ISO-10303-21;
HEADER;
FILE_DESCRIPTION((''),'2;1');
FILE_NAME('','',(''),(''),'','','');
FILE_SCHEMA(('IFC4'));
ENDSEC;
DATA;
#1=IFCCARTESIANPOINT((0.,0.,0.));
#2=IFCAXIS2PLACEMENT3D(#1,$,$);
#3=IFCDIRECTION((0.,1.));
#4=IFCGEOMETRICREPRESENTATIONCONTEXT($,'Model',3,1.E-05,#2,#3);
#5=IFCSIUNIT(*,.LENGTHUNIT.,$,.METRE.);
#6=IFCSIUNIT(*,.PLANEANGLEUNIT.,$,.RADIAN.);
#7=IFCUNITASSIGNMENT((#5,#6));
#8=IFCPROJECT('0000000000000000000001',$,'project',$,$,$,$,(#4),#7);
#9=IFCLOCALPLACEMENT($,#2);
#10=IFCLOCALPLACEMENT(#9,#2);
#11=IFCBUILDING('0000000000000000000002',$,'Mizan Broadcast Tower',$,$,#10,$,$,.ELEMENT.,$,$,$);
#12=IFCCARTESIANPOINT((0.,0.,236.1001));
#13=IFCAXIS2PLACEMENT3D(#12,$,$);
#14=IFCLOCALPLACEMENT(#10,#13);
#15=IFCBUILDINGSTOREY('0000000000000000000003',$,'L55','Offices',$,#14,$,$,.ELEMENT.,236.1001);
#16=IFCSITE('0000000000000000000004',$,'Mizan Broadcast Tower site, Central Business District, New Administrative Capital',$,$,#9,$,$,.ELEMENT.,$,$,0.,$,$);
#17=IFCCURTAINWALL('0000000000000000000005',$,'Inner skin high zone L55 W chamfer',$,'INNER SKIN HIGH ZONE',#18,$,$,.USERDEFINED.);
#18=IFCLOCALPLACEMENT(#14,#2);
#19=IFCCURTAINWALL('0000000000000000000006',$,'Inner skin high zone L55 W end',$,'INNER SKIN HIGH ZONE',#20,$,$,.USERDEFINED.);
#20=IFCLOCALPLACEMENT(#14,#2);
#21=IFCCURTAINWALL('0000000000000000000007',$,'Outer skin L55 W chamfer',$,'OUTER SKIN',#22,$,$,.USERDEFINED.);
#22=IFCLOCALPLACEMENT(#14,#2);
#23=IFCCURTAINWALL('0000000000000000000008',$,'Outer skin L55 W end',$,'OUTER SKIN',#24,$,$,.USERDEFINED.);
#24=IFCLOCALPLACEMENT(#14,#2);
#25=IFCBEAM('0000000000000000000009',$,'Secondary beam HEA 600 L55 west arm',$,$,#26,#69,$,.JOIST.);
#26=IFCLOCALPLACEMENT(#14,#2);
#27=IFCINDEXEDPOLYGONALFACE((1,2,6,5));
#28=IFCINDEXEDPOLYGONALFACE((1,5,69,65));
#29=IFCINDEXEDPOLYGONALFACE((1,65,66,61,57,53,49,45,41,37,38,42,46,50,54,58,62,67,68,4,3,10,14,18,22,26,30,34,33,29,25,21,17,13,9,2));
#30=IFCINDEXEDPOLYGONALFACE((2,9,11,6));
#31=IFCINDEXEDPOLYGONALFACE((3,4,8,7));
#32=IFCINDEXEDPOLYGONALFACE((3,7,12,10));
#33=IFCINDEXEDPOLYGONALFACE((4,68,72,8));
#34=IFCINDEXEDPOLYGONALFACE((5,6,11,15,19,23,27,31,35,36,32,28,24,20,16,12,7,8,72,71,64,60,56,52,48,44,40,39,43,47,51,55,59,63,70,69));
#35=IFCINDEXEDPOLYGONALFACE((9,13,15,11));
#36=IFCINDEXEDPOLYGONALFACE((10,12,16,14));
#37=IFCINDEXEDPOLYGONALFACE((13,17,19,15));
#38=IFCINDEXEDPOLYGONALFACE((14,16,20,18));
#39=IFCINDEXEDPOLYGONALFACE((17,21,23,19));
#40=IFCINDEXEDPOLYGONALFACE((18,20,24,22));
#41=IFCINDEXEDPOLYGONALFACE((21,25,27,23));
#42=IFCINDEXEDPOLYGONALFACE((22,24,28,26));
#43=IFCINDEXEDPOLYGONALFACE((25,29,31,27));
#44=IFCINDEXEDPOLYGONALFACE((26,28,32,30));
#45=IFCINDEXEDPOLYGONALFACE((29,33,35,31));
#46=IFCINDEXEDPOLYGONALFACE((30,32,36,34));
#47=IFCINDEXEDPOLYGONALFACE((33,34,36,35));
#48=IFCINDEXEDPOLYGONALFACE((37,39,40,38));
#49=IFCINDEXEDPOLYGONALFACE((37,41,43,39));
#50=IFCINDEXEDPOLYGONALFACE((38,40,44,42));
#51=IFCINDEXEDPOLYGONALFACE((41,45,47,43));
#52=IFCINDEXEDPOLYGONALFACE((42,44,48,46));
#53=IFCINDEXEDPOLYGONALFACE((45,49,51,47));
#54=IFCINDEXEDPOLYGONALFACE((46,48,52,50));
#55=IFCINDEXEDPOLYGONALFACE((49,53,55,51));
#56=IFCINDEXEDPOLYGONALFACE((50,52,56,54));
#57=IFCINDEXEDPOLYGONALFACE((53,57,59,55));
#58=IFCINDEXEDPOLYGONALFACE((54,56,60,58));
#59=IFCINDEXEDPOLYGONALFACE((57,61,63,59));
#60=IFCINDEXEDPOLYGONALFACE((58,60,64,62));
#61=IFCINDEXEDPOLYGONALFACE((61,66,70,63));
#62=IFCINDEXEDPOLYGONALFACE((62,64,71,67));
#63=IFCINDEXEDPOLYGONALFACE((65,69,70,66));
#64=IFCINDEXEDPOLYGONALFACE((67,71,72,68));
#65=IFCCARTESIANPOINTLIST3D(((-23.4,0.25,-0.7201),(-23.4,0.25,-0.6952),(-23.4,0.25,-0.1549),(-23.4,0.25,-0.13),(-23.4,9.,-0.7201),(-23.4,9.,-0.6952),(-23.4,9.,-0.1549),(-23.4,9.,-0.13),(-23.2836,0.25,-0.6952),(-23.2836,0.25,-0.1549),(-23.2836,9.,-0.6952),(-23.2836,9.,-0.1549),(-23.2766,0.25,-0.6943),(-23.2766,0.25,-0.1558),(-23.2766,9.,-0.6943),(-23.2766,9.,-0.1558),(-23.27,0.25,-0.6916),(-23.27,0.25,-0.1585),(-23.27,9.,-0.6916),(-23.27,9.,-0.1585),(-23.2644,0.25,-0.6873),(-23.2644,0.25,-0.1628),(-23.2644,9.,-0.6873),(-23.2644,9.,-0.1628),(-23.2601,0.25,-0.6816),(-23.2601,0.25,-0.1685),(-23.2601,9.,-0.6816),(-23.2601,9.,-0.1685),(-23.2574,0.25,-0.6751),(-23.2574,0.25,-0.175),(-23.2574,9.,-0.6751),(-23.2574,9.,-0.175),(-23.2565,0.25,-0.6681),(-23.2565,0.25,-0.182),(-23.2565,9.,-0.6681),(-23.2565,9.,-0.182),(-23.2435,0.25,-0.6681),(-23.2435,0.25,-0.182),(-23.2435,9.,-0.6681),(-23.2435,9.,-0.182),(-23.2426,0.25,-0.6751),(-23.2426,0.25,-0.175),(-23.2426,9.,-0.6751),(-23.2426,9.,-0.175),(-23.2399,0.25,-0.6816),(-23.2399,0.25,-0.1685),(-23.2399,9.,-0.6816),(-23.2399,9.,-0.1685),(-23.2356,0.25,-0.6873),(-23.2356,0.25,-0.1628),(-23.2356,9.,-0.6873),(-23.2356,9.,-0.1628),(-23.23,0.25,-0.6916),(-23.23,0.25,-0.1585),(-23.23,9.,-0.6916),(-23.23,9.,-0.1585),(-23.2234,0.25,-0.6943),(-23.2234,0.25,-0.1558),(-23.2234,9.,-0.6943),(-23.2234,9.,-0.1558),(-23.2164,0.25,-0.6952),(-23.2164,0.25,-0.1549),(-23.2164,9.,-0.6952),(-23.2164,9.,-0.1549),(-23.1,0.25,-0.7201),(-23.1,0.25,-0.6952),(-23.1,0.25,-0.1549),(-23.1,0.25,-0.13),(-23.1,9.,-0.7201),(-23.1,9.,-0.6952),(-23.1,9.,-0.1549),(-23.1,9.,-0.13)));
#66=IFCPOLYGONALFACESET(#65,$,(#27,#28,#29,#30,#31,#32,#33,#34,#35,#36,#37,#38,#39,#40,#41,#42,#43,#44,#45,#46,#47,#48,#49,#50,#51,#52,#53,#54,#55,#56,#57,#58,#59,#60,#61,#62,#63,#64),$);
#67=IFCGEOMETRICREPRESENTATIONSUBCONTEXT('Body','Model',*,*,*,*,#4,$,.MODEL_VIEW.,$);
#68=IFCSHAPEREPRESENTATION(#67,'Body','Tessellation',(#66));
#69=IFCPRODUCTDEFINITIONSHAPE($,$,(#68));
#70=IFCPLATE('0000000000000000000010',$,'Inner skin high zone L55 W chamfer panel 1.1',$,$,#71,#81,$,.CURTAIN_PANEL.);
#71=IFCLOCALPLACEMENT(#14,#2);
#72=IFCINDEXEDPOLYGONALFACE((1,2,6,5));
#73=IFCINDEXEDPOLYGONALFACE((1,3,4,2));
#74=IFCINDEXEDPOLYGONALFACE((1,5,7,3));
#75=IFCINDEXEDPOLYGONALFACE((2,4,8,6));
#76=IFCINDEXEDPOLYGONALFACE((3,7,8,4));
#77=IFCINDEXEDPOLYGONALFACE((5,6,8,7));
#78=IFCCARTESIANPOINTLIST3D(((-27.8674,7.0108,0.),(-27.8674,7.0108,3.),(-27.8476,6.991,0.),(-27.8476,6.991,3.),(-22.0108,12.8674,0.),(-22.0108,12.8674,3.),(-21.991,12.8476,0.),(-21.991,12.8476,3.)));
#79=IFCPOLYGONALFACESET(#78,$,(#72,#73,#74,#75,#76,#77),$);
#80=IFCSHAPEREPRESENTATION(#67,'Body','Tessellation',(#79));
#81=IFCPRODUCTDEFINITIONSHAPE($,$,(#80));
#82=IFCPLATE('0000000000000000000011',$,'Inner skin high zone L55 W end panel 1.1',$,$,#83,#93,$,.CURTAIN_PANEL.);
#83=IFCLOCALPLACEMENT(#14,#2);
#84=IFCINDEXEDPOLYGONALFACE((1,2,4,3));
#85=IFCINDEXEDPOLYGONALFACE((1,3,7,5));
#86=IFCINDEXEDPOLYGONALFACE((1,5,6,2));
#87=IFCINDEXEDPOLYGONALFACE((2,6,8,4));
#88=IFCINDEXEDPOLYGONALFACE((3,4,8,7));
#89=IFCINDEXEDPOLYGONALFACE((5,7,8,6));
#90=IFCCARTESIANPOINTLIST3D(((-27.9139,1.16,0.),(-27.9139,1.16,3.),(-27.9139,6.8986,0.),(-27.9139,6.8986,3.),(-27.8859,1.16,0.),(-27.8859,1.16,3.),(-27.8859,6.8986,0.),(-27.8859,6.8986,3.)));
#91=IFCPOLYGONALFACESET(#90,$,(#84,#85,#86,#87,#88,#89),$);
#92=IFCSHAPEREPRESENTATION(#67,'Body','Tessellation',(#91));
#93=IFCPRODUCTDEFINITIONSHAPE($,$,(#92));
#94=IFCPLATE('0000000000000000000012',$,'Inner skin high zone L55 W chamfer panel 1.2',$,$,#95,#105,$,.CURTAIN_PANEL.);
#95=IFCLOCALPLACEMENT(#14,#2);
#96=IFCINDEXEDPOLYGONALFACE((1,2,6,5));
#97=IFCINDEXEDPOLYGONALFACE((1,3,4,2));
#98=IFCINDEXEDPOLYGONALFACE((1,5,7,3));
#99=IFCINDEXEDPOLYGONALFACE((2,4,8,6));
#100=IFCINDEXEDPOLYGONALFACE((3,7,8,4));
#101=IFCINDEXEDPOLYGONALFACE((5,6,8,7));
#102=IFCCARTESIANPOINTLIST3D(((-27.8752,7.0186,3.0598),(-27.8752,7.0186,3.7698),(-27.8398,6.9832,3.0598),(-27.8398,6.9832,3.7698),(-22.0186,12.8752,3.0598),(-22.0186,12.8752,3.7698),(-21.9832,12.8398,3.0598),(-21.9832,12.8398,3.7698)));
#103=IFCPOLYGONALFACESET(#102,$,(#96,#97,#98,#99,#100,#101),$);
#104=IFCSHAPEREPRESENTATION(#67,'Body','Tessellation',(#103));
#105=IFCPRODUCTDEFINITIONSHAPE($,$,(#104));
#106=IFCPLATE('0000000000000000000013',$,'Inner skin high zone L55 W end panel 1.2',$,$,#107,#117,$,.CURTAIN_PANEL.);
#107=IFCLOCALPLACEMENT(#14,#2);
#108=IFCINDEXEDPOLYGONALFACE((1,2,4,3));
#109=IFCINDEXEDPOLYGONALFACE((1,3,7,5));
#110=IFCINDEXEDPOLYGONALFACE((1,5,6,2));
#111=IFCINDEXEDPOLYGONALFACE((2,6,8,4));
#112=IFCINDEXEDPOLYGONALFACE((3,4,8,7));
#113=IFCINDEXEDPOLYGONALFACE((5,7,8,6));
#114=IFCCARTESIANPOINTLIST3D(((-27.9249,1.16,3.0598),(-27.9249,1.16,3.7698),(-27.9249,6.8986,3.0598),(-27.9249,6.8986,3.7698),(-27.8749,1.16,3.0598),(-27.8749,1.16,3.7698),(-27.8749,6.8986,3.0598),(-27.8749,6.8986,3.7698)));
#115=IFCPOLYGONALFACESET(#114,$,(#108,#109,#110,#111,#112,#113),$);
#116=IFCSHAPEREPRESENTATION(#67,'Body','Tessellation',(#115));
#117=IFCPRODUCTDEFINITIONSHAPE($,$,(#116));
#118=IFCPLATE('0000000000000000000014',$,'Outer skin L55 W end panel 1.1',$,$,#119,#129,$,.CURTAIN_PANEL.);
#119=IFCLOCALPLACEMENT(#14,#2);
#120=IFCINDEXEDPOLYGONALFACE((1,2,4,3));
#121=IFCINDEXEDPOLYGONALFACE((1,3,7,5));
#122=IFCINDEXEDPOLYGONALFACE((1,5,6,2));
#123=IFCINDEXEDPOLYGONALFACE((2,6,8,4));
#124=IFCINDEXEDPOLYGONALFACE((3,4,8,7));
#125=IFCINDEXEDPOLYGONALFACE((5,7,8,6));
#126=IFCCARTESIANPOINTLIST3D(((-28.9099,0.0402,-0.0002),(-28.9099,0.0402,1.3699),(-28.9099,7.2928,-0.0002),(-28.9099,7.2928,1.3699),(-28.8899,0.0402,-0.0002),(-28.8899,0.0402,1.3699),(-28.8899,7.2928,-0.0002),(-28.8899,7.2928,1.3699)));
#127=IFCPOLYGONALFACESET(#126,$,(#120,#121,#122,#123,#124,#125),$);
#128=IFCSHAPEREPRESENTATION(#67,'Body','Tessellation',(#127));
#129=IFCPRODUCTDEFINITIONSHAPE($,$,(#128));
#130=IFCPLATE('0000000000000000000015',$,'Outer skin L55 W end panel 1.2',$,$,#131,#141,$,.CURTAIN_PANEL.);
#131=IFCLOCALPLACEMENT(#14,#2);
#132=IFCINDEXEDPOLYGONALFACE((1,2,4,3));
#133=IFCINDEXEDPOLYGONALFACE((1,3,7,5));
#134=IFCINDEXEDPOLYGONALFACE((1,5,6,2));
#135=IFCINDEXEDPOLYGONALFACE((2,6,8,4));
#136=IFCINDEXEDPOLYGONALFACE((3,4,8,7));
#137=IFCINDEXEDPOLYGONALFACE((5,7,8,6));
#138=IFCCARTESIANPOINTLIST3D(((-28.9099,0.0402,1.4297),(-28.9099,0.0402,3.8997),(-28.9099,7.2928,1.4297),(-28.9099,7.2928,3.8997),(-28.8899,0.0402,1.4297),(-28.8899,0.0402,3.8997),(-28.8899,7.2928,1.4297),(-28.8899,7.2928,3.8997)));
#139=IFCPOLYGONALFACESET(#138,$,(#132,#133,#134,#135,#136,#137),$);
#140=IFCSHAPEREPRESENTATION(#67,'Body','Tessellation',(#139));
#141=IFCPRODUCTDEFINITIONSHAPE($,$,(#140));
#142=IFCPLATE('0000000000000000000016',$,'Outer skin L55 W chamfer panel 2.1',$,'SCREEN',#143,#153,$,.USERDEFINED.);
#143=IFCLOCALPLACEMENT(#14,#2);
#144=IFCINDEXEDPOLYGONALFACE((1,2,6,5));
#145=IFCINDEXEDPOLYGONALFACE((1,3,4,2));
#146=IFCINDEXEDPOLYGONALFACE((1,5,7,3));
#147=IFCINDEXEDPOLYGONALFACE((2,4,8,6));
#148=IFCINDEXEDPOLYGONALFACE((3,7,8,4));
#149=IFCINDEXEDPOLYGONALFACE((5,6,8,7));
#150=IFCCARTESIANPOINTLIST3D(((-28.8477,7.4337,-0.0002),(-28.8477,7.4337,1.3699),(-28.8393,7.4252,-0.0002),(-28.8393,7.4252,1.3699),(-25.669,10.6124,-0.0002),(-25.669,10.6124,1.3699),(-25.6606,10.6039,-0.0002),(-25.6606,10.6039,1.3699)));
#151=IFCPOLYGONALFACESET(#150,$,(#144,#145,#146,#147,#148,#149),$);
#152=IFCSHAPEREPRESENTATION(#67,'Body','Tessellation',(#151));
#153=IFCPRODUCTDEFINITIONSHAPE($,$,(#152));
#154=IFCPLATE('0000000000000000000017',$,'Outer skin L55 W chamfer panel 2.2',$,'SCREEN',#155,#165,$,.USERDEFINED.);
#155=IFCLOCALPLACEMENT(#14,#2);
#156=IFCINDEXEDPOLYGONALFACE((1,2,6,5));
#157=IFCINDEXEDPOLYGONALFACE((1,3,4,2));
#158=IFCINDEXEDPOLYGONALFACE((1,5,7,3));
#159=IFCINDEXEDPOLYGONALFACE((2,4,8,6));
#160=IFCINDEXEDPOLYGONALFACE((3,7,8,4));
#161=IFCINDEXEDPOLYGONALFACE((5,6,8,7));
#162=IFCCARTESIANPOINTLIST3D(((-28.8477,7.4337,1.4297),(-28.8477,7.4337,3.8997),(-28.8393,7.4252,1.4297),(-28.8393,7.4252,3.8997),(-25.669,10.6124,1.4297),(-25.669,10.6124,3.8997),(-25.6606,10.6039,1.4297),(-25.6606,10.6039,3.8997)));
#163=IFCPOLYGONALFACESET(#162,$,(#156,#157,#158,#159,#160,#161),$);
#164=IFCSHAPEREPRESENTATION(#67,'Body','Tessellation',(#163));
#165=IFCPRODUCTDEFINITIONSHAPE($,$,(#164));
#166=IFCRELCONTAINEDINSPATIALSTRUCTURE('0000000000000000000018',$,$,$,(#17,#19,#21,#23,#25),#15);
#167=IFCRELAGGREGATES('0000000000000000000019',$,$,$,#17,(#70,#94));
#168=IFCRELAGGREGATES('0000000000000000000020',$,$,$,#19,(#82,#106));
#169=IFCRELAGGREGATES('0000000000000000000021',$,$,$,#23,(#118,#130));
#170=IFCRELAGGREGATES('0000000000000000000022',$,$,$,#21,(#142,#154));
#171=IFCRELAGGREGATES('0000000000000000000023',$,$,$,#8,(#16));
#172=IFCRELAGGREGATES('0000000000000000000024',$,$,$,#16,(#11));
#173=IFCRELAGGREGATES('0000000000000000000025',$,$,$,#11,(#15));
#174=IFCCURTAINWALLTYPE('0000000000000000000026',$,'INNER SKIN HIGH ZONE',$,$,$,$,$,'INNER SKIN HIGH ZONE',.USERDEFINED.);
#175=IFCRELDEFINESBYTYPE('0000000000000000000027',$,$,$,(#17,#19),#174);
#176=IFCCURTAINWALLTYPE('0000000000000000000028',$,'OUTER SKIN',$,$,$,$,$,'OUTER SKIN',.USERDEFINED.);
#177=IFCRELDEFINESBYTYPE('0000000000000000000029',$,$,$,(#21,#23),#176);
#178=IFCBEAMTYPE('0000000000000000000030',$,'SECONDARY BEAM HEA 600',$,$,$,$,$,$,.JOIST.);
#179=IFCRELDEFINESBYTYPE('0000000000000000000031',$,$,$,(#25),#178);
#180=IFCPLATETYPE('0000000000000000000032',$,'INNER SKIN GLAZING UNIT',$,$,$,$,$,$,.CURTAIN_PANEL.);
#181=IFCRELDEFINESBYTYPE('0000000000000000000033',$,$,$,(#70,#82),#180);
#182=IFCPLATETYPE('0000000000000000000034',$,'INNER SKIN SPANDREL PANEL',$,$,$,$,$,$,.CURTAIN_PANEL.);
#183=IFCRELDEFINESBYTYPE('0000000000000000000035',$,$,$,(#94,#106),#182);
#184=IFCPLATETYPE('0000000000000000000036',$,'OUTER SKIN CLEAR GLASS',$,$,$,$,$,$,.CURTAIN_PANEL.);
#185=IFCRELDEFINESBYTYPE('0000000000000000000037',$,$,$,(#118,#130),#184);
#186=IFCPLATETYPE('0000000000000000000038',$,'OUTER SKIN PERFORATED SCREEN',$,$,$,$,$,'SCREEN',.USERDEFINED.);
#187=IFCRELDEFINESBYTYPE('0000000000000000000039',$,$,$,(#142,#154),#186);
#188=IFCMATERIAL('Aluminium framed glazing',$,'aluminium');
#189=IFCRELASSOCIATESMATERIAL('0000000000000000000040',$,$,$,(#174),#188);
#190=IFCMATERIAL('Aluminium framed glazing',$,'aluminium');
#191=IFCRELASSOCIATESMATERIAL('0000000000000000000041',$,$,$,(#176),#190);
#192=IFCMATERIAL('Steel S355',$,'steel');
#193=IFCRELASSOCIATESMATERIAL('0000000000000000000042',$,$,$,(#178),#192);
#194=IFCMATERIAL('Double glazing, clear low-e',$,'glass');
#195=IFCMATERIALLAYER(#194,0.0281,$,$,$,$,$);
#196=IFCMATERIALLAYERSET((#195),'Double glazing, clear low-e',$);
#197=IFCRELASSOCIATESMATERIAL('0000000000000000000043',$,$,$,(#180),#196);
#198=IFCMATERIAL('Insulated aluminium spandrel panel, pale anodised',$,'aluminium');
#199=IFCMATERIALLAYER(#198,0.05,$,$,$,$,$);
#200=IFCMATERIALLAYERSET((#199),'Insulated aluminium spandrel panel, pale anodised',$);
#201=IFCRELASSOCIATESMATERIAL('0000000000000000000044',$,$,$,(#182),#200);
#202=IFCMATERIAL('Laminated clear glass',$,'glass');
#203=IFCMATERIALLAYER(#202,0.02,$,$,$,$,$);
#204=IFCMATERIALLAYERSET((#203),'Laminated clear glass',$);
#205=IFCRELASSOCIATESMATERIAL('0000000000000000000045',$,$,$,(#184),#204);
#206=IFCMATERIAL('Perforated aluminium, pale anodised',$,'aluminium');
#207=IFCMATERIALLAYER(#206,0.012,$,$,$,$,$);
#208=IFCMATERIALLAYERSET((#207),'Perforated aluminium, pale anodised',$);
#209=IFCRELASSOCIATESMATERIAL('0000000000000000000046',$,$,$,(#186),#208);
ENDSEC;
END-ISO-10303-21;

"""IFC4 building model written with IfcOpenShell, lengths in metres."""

from ifc_helpers import new_model, si_unit, direction, frame, origin, origin_2d, place, context, subcontext, project, spatial, rectangle, i_section, extrude, material, layer, layer_set, material_profile, profile_set, type_object, element, aggregate, save


model = new_model("IFC4")

# Units and contexts
model_context = context("Model", 3, precision=1e-05, world=origin(), true_north=direction((0.0, 1.0)))
body_context = subcontext(model_context, "Body", "Model", "MODEL_VIEW")
ifc_project = project(units=[si_unit("LENGTHUNIT", "METRE"), si_unit("PLANEANGLEUNIT", "RADIAN")], contexts=[model_context])

# Site, building, storey
site_placement = place(None, origin())
site = spatial("IfcSite", under=ifc_project, at=site_placement, Name="Mizan Broadcast Tower site, Central Business District, New Administrative Capital", CompositionType="ELEMENT", RefElevation=0.0)
building_placement = place(site_placement, origin())
building = spatial("IfcBuilding", under=site, at=building_placement, Name="Mizan Broadcast Tower", CompositionType="ELEMENT")
storey_placement = place(building_placement, frame((0.0, 0.0, 236.1001)))
storey = spatial("IfcBuildingStorey", under=building, at=storey_placement, Name="L55", Description="Offices", CompositionType="ELEMENT", Elevation=236.1001)

# Curtain wall
ifc_material_1 = material(Name="Aluminium framed glazing", Category="aluminium")
curtain_wall_type_1 = type_object("IfcCurtainWallType", Name="INNER SKIN HIGH ZONE", ElementType="INNER SKIN HIGH ZONE", PredefinedType="USERDEFINED", material=ifc_material_1)
curtain_wall_1_placement = place(storey_placement, origin())
curtain_wall_1 = element("IfcCurtainWall", 1, at=curtain_wall_1_placement, inside=storey, type_object=curtain_wall_type_1, Name="Inner skin high zone L55 W chamfer", ObjectType="INNER SKIN HIGH ZONE", PredefinedType="USERDEFINED")

# Curtain walls
curtain_wall_2_placement = place(storey_placement, origin())
curtain_wall_2 = element("IfcCurtainWall", 2, at=curtain_wall_2_placement, inside=storey, type_object=curtain_wall_type_1, Name="Inner skin high zone L55 W end", ObjectType="INNER SKIN HIGH ZONE", PredefinedType="USERDEFINED")
ifc_material_2 = material(Name="Aluminium framed glazing", Category="aluminium")
curtain_wall_type_2 = type_object("IfcCurtainWallType", Name="OUTER SKIN", ElementType="OUTER SKIN", PredefinedType="USERDEFINED", material=ifc_material_2)
curtain_wall_3_placement = place(storey_placement, origin())
curtain_wall_3 = element("IfcCurtainWall", 3, at=curtain_wall_3_placement, inside=storey, type_object=curtain_wall_type_2, Name="Outer skin L55 W chamfer", ObjectType="OUTER SKIN", PredefinedType="USERDEFINED")

# Curtain wall
curtain_wall_4_placement = place(storey_placement, origin())
curtain_wall_4 = element("IfcCurtainWall", 4, at=curtain_wall_4_placement, inside=storey, type_object=curtain_wall_type_2, Name="Outer skin L55 W end", ObjectType="OUTER SKIN", PredefinedType="USERDEFINED")

# Beam
ifc_material_3 = material(Name="Steel S355", Category="steel")
ifc_material_profile_1 = material_profile(ifc_material_3, i_section(OverallWidth=0.3, OverallDepth=0.5901, WebThickness=0.0129, FlangeThickness=0.0249, FilletRadius=0.0271, at=origin_2d()), Name="HEA 600")
ifc_profile_set_1 = profile_set([ifc_material_profile_1], Name="Steel S355")
beam_type_1 = type_object("IfcBeamType", Name="SECONDARY BEAM HEA 600", PredefinedType="JOIST", material=ifc_profile_set_1)
beam_1_placement = place(storey_placement, frame((-23.25, 9.0, -0.425), z_axis=(0.0, -1.0, 0.0), x_axis=(1.0, 0.0, 0.0)))
element("IfcBeam", 5, at=beam_1_placement, inside=storey, type_object=beam_type_1, Name="Secondary beam HEA 600 L55 west arm", PredefinedType="JOIST", context=body_context, shape_type="SweptSolid", body=[
    extrude(i_section(OverallWidth=0.3, OverallDepth=0.5901, WebThickness=0.0129, FlangeThickness=0.0249, FilletRadius=0.0271, at=origin_2d()), origin(), (0.0, 0.0, 1.0), 8.75),
])

# Plates
ifc_material_4 = material(Name="Double glazing, clear low-e", Category="glass")
ifc_layer_1 = layer(ifc_material_4, 0.0281)
ifc_layer_set_1 = layer_set([ifc_layer_1], Name="Double glazing, clear low-e")
plate_type_1 = type_object("IfcPlateType", Name="INNER SKIN GLAZING UNIT", PredefinedType="CURTAIN_PANEL", material=ifc_layer_set_1)
plate_1_placement = place(storey_placement, frame((-24.9292, 9.9292, 0.0), z_axis=(0.0, 0.0, 1.0), x_axis=(-0.707107, -0.707107, 0.0)))
plate_1 = element("IfcPlate", 6, at=plate_1_placement, type_object=plate_type_1, Name="Inner skin high zone L55 W chamfer panel 1.1", PredefinedType="CURTAIN_PANEL", context=body_context, shape_type="SweptSolid", body=[
    extrude(rectangle(XDim=8.2825, YDim=0.0281, at=origin_2d()), origin(), (0.0, 0.0, 1.0), 3.0),
])
plate_2_placement = place(storey_placement, frame((-27.8999, 4.0293, 0.0), z_axis=(0.0, 0.0, 1.0), x_axis=(0.0, -1.0, 0.0)))
plate_2 = element("IfcPlate", 7, at=plate_2_placement, type_object=plate_type_1, Name="Inner skin high zone L55 W end panel 1.1", PredefinedType="CURTAIN_PANEL", context=body_context, shape_type="SweptSolid", body=[
    extrude(rectangle(XDim=5.7385, YDim=0.0281, at=origin_2d()), origin(), (0.0, 0.0, 1.0), 3.0),
])
ifc_material_5 = material(Name="Insulated aluminium spandrel panel, pale anodised", Category="aluminium")
ifc_layer_2 = layer(ifc_material_5, 0.05)
ifc_layer_set_2 = layer_set([ifc_layer_2], Name="Insulated aluminium spandrel panel, pale anodised")
plate_type_2 = type_object("IfcPlateType", Name="INNER SKIN SPANDREL PANEL", PredefinedType="CURTAIN_PANEL", material=ifc_layer_set_2)
plate_3_placement = place(storey_placement, frame((-24.9292, 9.9292, 3.0598), z_axis=(0.0, 0.0, 1.0), x_axis=(-0.707107, -0.707107, 0.0)))
plate_3 = element("IfcPlate", 8, at=plate_3_placement, type_object=plate_type_2, Name="Inner skin high zone L55 W chamfer panel 1.2", PredefinedType="CURTAIN_PANEL", context=body_context, shape_type="SweptSolid", body=[
    extrude(rectangle(XDim=8.2825, YDim=0.05, at=origin_2d()), origin(), (0.0, 0.0, 1.0), 0.71),
])
aggregate(curtain_wall_1, [plate_1, plate_3])
plate_4_placement = place(storey_placement, frame((-27.8999, 4.0293, 3.0598), z_axis=(0.0, 0.0, 1.0), x_axis=(0.0, -1.0, 0.0)))
plate_4 = element("IfcPlate", 9, at=plate_4_placement, type_object=plate_type_2, Name="Inner skin high zone L55 W end panel 1.2", PredefinedType="CURTAIN_PANEL", context=body_context, shape_type="SweptSolid", body=[
    extrude(rectangle(XDim=5.7385, YDim=0.05, at=origin_2d()), origin(), (0.0, 0.0, 1.0), 0.71),
])
aggregate(curtain_wall_2, [plate_2, plate_4])
ifc_material_6 = material(Name="Laminated clear glass", Category="glass")
ifc_layer_3 = layer(ifc_material_6, 0.02)
ifc_layer_set_3 = layer_set([ifc_layer_3], Name="Laminated clear glass")
plate_type_3 = type_object("IfcPlateType", Name="OUTER SKIN CLEAR GLASS", PredefinedType="CURTAIN_PANEL", material=ifc_layer_set_3)
plate_5_placement = place(storey_placement, frame((-28.8999, 3.6665, -0.0002), z_axis=(0.0, 0.0, 1.0), x_axis=(0.0, -1.0, 0.0)))
plate_5 = element("IfcPlate", 10, at=plate_5_placement, type_object=plate_type_3, Name="Outer skin L55 W end panel 1.1", PredefinedType="CURTAIN_PANEL", context=body_context, shape_type="SweptSolid", body=[
    extrude(rectangle(XDim=7.2527, YDim=0.02, at=origin_2d()), origin(), (0.0, 0.0, 1.0), 1.3701),
])
plate_6_placement = place(storey_placement, frame((-28.8999, 3.6665, 1.4297), z_axis=(0.0, 0.0, 1.0), x_axis=(0.0, -1.0, 0.0)))
plate_6 = element("IfcPlate", 11, at=plate_6_placement, type_object=plate_type_3, Name="Outer skin L55 W end panel 1.2", PredefinedType="CURTAIN_PANEL", context=body_context, shape_type="SweptSolid", body=[
    extrude(rectangle(XDim=7.2527, YDim=0.02, at=origin_2d()), origin(), (0.0, 0.0, 1.0), 2.47),
])
aggregate(curtain_wall_4, [plate_5, plate_6])
ifc_material_7 = material(Name="Perforated aluminium, pale anodised", Category="aluminium")
ifc_layer_4 = layer(ifc_material_7, 0.012)
ifc_layer_set_4 = layer_set([ifc_layer_4], Name="Perforated aluminium, pale anodised")
plate_type_4 = type_object("IfcPlateType", Name="OUTER SKIN PERFORATED SCREEN", ElementType="SCREEN", PredefinedType="USERDEFINED", material=ifc_layer_set_4)
plate_7_placement = place(storey_placement, frame((-27.2542, 9.0188, -0.0002), z_axis=(0.0, 0.0, 1.0), x_axis=(-0.707107, -0.707107, 0.0)))
plate_7 = element("IfcPlate", 12, at=plate_7_placement, type_object=plate_type_4, Name="Outer skin L55 W chamfer panel 2.1", ObjectType="SCREEN", PredefinedType="USERDEFINED", context=body_context, shape_type="SweptSolid", body=[
    extrude(rectangle(XDim=4.4954, YDim=0.012, at=origin_2d()), origin(), (0.0, 0.0, 1.0), 1.3701),
])
plate_8_placement = place(storey_placement, frame((-27.2542, 9.0188, 1.4297), z_axis=(0.0, 0.0, 1.0), x_axis=(-0.707107, -0.707107, 0.0)))
plate_8 = element("IfcPlate", 13, at=plate_8_placement, type_object=plate_type_4, Name="Outer skin L55 W chamfer panel 2.2", ObjectType="SCREEN", PredefinedType="USERDEFINED", context=body_context, shape_type="SweptSolid", body=[
    extrude(rectangle(XDim=4.4954, YDim=0.012, at=origin_2d()), origin(), (0.0, 0.0, 1.0), 2.47),
])
aggregate(curtain_wall_3, [plate_7, plate_8])

save(model, "model.ifc")
